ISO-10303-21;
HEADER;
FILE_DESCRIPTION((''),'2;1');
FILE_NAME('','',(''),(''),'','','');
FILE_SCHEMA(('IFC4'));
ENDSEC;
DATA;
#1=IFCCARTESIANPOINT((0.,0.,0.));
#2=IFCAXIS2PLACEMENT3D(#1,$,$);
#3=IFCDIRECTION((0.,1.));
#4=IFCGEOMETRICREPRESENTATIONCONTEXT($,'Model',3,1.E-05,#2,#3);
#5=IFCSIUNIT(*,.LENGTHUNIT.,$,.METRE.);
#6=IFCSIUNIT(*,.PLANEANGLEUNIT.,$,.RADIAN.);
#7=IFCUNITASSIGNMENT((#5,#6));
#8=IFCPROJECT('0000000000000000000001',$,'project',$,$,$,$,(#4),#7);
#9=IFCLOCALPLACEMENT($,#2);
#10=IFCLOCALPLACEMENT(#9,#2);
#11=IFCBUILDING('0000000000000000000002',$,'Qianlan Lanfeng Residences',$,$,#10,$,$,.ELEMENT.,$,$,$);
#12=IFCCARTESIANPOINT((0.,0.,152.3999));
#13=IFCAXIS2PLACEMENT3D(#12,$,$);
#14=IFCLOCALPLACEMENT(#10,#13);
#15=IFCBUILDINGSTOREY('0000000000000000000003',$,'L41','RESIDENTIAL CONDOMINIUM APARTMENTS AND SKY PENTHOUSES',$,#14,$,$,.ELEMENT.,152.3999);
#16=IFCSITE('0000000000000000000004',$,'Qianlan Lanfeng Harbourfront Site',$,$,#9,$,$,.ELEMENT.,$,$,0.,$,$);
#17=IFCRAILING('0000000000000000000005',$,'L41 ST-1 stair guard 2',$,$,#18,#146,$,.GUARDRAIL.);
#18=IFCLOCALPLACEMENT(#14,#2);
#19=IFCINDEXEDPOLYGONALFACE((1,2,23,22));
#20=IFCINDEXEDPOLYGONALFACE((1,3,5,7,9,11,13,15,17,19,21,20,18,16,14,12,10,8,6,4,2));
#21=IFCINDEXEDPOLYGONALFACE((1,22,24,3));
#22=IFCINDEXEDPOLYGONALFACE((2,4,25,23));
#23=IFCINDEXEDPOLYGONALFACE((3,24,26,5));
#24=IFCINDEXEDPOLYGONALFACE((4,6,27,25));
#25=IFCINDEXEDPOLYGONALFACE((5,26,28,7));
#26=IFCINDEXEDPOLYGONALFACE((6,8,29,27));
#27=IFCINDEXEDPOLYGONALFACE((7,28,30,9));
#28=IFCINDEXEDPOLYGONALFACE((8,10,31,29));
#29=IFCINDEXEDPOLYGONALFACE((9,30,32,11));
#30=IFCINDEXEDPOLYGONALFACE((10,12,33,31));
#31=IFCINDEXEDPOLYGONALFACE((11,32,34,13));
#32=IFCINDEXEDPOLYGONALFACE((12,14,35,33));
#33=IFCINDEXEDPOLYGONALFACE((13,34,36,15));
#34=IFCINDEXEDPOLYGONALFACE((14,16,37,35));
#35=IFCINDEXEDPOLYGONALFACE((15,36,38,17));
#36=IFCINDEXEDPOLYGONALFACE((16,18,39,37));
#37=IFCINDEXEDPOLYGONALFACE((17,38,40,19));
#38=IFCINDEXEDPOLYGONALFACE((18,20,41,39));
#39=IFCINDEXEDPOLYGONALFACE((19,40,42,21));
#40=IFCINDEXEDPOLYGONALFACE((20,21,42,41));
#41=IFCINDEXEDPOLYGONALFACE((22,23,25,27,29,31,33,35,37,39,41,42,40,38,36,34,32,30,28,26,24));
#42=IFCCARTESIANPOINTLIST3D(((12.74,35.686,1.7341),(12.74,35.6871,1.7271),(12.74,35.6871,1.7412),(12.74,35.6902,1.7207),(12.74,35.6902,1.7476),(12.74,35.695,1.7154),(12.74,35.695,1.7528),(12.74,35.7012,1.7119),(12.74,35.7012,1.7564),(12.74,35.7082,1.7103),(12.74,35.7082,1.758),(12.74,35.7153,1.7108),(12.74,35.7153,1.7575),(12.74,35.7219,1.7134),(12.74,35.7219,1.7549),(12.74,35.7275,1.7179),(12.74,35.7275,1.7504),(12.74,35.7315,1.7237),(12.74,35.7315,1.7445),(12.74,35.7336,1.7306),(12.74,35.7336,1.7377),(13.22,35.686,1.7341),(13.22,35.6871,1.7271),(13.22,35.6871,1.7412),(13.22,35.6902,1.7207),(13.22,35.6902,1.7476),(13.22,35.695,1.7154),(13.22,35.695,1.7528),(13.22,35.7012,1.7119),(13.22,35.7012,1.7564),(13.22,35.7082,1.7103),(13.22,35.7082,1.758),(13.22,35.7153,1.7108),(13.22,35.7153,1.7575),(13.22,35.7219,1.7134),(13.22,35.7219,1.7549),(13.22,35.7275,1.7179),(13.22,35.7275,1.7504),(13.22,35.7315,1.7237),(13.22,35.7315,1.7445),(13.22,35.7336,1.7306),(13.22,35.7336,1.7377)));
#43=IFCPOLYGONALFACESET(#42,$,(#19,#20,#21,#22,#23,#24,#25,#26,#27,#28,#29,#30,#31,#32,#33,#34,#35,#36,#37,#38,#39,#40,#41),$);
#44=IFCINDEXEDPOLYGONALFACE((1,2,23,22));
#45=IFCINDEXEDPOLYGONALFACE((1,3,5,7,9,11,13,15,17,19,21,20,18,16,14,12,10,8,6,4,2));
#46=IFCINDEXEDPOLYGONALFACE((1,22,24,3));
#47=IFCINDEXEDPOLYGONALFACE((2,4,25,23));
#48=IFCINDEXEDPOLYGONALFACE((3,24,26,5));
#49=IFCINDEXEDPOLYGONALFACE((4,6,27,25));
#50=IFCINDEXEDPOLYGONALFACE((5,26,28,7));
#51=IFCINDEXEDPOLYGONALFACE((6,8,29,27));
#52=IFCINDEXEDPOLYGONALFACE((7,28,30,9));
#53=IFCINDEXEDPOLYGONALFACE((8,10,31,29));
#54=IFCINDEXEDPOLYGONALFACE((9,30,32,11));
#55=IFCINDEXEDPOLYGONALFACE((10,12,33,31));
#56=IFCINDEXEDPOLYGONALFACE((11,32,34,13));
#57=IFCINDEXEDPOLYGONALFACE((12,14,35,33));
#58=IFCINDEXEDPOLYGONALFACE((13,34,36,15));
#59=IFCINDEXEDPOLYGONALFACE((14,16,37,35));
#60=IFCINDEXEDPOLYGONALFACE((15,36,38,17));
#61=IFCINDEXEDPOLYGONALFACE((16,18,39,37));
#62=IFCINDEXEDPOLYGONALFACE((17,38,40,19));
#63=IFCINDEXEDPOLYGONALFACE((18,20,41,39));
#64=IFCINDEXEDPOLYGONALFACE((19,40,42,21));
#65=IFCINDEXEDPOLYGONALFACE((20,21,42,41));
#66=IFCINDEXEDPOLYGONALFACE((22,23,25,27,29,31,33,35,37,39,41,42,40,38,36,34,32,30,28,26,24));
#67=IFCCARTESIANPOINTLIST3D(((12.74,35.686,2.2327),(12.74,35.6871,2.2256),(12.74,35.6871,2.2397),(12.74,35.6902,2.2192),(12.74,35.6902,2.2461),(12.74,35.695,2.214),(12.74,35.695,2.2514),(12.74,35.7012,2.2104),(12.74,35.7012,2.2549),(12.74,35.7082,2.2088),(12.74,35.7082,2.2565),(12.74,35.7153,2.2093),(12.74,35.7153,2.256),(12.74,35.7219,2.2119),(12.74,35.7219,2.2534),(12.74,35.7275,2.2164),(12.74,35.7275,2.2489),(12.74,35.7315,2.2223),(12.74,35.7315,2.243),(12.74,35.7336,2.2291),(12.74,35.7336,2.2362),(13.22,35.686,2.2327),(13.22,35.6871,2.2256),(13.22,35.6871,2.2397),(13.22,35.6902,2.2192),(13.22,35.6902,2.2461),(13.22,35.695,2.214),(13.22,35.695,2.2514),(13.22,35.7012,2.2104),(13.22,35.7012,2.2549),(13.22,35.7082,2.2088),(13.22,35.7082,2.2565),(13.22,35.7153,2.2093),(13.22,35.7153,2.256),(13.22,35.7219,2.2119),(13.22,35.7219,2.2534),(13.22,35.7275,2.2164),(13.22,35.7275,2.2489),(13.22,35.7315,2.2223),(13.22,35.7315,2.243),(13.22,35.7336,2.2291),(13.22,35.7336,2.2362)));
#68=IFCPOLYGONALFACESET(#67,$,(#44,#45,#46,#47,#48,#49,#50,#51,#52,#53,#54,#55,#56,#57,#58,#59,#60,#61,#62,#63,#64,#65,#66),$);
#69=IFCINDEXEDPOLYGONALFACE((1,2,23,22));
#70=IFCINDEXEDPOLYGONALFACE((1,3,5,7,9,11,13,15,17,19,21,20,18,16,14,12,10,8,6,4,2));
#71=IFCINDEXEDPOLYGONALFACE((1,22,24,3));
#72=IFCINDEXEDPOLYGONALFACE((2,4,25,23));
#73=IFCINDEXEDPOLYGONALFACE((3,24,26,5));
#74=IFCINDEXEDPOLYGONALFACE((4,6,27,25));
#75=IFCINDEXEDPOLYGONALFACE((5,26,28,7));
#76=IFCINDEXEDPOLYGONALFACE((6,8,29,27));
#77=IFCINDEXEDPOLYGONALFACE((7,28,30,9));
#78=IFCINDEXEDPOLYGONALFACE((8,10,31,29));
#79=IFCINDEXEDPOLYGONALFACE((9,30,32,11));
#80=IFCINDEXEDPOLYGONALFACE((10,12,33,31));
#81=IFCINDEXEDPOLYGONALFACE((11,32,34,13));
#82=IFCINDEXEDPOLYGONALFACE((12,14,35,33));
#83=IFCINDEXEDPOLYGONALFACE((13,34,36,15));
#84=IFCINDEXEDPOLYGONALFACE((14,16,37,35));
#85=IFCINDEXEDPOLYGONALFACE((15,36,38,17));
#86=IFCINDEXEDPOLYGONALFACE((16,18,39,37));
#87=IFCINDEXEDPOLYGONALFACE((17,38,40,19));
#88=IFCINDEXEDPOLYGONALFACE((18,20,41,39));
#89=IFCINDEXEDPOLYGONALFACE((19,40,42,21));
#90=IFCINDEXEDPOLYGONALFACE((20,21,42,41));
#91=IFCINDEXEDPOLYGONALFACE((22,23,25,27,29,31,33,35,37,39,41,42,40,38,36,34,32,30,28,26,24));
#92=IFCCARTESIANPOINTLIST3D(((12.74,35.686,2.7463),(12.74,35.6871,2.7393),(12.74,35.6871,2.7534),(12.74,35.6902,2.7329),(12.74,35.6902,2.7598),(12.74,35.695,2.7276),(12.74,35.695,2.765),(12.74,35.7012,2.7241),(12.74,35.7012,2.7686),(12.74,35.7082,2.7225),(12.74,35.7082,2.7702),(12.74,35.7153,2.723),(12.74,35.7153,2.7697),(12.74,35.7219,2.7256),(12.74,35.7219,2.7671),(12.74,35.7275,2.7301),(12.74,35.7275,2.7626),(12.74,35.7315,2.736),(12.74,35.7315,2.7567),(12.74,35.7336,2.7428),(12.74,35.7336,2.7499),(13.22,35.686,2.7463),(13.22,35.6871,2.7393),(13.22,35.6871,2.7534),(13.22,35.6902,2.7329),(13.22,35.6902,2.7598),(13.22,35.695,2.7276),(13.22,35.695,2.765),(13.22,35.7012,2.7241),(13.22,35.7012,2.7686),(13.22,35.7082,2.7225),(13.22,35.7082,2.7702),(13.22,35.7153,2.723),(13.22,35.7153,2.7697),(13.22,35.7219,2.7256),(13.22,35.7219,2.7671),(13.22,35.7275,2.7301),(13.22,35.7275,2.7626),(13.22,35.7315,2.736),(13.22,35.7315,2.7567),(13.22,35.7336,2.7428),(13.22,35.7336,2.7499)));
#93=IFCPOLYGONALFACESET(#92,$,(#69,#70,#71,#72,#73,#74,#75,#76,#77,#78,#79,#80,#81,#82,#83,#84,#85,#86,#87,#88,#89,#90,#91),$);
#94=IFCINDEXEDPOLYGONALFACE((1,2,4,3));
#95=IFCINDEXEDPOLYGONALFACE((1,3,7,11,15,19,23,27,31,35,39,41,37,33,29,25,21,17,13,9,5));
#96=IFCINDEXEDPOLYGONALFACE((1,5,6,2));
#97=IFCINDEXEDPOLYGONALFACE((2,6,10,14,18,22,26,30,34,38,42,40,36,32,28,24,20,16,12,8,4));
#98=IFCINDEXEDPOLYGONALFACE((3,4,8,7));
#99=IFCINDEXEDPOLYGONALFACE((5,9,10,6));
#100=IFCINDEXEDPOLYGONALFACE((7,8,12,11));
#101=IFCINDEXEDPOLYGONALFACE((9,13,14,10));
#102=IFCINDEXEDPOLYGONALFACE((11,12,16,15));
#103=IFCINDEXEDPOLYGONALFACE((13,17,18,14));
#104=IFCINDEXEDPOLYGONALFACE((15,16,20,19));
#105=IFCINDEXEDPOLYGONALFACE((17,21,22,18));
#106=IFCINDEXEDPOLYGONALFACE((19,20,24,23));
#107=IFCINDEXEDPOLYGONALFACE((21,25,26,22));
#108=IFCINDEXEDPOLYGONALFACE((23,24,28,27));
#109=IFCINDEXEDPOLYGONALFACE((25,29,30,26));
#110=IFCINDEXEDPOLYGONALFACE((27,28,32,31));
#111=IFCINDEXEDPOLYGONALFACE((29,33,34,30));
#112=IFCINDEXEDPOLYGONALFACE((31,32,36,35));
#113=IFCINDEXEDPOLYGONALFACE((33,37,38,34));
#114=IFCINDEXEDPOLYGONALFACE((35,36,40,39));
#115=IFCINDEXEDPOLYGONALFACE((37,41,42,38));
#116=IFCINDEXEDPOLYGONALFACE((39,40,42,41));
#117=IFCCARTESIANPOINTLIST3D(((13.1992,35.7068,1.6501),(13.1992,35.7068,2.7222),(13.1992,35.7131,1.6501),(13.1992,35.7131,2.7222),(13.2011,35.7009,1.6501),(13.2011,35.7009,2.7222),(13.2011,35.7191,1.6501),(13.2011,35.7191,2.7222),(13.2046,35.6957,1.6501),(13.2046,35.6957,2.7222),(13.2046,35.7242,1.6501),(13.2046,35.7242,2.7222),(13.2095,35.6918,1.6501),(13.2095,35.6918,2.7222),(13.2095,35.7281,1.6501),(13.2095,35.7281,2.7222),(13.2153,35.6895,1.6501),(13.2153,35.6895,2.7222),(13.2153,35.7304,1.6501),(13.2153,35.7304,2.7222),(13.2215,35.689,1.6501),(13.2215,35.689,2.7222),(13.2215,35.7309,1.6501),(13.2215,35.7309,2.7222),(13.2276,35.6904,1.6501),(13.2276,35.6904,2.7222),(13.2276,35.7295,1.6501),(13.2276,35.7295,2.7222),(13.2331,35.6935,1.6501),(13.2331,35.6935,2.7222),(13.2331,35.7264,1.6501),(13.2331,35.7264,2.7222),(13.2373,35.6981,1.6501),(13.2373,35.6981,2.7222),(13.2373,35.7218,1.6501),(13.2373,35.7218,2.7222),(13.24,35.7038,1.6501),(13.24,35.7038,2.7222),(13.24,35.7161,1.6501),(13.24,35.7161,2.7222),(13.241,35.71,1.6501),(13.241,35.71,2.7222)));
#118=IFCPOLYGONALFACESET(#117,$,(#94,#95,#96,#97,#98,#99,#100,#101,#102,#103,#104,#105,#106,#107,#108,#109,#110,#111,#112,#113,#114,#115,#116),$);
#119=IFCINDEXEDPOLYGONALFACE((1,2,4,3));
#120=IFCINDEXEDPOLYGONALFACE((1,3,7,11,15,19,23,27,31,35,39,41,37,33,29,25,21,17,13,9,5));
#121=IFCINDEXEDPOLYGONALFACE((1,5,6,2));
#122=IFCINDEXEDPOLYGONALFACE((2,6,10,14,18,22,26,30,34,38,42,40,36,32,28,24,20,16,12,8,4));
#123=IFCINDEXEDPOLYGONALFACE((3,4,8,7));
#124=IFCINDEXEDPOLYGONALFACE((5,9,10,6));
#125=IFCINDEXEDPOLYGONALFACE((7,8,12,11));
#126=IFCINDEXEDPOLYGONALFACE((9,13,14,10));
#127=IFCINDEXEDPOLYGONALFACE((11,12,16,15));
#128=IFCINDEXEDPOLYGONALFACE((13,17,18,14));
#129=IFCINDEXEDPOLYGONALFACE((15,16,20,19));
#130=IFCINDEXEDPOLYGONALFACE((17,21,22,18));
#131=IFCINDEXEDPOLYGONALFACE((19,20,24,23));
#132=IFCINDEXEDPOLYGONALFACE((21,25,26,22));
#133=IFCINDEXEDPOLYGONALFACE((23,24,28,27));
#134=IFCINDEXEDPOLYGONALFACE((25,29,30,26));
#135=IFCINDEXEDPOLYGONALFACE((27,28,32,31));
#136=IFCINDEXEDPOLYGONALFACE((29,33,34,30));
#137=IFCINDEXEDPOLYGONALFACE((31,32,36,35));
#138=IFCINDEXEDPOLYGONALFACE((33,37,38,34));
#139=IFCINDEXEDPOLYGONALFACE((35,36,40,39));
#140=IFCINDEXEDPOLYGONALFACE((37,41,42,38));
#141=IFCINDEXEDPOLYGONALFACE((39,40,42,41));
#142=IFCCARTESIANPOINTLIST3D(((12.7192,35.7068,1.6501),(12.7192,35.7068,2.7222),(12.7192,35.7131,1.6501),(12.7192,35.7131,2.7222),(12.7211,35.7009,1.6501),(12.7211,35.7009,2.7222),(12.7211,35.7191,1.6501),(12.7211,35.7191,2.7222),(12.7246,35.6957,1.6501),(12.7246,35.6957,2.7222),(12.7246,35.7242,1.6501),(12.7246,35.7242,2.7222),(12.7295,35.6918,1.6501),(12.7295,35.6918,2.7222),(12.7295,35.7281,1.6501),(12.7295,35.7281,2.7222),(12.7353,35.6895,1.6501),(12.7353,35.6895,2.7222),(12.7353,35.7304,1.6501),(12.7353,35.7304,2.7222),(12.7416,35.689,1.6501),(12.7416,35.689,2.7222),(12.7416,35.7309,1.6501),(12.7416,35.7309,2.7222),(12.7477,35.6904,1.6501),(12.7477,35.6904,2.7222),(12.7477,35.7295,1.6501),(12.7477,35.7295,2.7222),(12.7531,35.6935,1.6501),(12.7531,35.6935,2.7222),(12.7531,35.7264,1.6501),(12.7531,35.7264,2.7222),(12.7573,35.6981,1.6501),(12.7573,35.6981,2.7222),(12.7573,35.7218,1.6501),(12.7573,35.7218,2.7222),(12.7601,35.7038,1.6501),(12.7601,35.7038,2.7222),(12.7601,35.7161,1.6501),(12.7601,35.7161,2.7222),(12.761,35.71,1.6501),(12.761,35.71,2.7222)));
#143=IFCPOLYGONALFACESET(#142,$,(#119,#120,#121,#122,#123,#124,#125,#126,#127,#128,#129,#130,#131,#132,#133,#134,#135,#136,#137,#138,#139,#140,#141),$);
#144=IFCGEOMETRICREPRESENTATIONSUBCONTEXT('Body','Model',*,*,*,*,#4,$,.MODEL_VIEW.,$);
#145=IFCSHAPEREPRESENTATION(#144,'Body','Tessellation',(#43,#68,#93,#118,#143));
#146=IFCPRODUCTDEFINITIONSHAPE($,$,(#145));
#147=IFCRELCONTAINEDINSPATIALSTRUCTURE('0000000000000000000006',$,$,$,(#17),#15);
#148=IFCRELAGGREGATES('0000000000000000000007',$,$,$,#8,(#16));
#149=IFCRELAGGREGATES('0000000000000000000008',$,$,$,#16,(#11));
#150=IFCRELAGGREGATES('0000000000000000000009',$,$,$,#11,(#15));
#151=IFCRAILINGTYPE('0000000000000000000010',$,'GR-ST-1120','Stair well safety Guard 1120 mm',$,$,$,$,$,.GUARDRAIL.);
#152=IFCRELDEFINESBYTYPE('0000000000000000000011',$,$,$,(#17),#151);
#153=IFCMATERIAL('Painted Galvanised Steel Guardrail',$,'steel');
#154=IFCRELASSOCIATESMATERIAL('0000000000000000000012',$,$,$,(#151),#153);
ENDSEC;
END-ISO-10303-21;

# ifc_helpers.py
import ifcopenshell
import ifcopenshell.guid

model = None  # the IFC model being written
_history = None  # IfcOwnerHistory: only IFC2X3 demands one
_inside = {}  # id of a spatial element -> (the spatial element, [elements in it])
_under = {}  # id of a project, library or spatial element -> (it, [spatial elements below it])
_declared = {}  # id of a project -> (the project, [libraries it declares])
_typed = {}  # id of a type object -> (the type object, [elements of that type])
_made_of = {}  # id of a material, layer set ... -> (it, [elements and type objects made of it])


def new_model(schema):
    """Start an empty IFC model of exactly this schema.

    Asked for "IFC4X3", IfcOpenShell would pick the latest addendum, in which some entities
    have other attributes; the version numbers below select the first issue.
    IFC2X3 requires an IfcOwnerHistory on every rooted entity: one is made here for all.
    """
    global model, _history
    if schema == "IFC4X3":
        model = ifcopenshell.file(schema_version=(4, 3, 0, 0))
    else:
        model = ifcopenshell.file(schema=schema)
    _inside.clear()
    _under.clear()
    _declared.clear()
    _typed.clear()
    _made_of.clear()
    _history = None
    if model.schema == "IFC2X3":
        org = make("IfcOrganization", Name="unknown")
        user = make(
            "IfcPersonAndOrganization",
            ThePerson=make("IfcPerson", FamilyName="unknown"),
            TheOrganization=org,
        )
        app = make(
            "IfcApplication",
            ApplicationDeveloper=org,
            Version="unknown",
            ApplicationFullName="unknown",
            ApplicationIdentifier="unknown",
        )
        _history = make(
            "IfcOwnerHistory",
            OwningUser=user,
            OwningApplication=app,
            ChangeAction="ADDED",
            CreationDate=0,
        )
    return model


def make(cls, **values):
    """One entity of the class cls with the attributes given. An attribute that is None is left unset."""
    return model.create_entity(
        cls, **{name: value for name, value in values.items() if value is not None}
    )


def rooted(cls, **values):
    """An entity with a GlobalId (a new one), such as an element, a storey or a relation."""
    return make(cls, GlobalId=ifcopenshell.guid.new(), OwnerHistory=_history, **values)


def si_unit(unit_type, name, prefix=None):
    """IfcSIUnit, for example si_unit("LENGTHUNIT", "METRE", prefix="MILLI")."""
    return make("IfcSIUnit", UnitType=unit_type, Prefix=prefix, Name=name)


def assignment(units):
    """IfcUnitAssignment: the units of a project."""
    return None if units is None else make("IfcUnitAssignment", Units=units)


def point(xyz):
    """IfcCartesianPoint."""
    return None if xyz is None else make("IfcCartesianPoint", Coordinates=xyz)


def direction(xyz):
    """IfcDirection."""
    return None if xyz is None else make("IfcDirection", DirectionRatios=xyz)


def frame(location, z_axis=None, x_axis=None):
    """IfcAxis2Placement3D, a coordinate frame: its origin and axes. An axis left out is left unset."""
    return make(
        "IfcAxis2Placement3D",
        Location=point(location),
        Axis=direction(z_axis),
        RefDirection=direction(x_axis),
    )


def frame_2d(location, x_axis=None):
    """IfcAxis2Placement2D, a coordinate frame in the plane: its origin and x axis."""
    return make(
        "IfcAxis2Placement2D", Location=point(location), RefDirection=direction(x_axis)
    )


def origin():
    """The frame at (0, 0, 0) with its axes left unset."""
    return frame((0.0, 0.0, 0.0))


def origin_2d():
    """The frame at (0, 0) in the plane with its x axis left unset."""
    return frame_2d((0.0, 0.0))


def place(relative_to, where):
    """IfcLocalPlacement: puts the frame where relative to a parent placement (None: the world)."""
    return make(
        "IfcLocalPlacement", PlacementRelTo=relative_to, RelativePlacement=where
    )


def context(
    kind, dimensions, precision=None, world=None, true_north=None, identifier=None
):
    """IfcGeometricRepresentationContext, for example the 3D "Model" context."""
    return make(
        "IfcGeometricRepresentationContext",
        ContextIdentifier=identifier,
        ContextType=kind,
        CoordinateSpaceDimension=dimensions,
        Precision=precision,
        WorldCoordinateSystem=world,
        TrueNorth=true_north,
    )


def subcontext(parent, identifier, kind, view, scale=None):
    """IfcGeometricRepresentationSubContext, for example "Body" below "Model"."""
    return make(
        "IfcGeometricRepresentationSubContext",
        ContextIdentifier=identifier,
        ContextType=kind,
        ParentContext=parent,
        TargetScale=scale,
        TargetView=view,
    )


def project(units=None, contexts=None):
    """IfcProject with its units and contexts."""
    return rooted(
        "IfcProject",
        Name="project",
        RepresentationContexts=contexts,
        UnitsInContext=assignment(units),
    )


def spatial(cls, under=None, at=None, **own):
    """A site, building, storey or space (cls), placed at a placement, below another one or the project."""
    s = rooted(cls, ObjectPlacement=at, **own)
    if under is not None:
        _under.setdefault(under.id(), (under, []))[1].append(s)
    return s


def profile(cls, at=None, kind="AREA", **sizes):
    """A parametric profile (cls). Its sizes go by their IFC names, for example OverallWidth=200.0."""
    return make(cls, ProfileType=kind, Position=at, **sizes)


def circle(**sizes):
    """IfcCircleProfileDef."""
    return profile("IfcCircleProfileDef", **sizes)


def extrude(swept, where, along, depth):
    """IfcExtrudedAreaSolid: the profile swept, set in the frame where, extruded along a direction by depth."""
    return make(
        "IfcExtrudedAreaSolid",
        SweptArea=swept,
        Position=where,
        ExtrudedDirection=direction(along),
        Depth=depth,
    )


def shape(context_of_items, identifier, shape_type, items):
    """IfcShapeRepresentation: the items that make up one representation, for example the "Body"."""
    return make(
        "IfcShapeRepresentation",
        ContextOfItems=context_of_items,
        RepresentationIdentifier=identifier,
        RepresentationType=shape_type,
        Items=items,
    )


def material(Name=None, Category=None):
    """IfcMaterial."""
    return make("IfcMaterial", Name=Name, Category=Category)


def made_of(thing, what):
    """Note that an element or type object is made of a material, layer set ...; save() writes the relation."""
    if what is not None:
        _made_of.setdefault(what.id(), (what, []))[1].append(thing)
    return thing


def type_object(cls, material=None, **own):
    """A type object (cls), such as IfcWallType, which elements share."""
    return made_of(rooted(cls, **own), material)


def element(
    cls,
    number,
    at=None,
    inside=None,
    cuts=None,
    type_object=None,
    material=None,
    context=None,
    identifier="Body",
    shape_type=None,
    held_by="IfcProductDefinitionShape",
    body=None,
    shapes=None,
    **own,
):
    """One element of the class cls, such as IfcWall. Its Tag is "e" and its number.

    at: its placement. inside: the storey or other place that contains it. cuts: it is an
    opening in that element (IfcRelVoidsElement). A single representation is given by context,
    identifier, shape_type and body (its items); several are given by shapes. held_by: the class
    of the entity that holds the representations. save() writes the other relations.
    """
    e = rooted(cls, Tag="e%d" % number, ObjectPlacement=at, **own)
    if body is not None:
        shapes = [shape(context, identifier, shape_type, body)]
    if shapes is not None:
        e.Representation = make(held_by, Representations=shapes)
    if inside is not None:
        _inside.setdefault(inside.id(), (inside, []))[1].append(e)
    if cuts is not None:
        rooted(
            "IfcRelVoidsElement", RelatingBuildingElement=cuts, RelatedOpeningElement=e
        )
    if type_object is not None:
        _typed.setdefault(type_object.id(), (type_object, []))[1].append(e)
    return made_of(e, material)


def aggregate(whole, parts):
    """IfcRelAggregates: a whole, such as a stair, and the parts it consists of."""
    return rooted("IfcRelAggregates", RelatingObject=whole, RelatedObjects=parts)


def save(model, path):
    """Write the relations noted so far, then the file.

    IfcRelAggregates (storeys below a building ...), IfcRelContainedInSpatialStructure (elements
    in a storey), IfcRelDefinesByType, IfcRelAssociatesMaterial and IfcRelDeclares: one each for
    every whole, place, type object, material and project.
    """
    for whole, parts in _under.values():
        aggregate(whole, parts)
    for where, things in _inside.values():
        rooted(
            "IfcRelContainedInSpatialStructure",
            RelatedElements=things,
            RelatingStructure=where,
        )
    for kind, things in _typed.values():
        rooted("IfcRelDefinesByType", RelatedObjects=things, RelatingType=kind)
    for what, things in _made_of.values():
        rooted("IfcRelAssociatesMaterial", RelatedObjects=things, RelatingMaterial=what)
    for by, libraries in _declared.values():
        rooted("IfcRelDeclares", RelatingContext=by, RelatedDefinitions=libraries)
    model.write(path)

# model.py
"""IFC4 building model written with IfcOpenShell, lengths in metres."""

from ifc_helpers import new_model, si_unit, direction, frame, origin, origin_2d, place, context, subcontext, project, spatial, circle, extrude, material, type_object, element, save


model = new_model("IFC4")

# Units and contexts
model_context = context("Model", 3, precision=1e-05, world=origin(), true_north=direction((0.0, 1.0)))
body_context = subcontext(model_context, "Body", "Model", "MODEL_VIEW")
ifc_project = project(units=[si_unit("LENGTHUNIT", "METRE"), si_unit("PLANEANGLEUNIT", "RADIAN")], contexts=[model_context])

# Site, building, storey
site_placement = place(None, origin())
site = spatial("IfcSite", under=ifc_project, at=site_placement, Name="Qianlan Lanfeng Harbourfront Site", CompositionType="ELEMENT", RefElevation=0.0)
building_placement = place(site_placement, origin())
building = spatial("IfcBuilding", under=site, at=building_placement, Name="Qianlan Lanfeng Residences", CompositionType="ELEMENT")
storey_placement = place(building_placement, frame((0.0, 0.0, 152.3999)))
storey = spatial("IfcBuildingStorey", under=building, at=storey_placement, Name="L41", Description="RESIDENTIAL CONDOMINIUM APARTMENTS AND SKY PENTHOUSES", CompositionType="ELEMENT", Elevation=152.3999)

# Railing
ifc_material_1 = material(Name="Painted Galvanised Steel Guardrail", Category="steel")
railing_type_1 = type_object("IfcRailingType", Name="GR-ST-1120", Description="Stair well safety Guard 1120 mm", PredefinedType="GUARDRAIL", material=ifc_material_1)
railing_1_placement = place(storey_placement, frame((13.22, 35.71, 1.6501)))
element("IfcRailing", 1, at=railing_1_placement, inside=storey, type_object=railing_type_1, Name="L41 ST-1 stair guard 2", PredefinedType="GUARDRAIL", context=body_context, shape_type="SweptSolid", body=[
    extrude(circle(Radius=0.0239, at=origin_2d()), frame((0.0, 0.0, 0.084), z_axis=(-1.0, 0.0, 0.0), x_axis=(0.0, -1.0, 0.0)), (0.0, 0.0, 1.0), 0.48),
    extrude(circle(Radius=0.0239, at=origin_2d()), frame((0.0, 0.0, 0.5825), z_axis=(-1.0, 0.0, 0.0), x_axis=(0.0, -1.0, 0.0)), (0.0, 0.0, 1.0), 0.48),
    extrude(circle(Radius=0.0239, at=origin_2d()), frame((0.0, 0.0, 1.0962), z_axis=(-1.0, 0.0, 0.0), x_axis=(0.0, -1.0, 0.0)), (0.0, 0.0, 1.0), 0.48),
    extrude(circle(Radius=0.021, at=origin_2d()), origin(), (0.0, 0.0, 1.0), 1.072),
    extrude(circle(Radius=0.021, at=origin_2d()), frame((-0.48, 0.0, 0.0)), (0.0, 0.0, 1.0), 1.072),
])

save(model, "model.ifc")
